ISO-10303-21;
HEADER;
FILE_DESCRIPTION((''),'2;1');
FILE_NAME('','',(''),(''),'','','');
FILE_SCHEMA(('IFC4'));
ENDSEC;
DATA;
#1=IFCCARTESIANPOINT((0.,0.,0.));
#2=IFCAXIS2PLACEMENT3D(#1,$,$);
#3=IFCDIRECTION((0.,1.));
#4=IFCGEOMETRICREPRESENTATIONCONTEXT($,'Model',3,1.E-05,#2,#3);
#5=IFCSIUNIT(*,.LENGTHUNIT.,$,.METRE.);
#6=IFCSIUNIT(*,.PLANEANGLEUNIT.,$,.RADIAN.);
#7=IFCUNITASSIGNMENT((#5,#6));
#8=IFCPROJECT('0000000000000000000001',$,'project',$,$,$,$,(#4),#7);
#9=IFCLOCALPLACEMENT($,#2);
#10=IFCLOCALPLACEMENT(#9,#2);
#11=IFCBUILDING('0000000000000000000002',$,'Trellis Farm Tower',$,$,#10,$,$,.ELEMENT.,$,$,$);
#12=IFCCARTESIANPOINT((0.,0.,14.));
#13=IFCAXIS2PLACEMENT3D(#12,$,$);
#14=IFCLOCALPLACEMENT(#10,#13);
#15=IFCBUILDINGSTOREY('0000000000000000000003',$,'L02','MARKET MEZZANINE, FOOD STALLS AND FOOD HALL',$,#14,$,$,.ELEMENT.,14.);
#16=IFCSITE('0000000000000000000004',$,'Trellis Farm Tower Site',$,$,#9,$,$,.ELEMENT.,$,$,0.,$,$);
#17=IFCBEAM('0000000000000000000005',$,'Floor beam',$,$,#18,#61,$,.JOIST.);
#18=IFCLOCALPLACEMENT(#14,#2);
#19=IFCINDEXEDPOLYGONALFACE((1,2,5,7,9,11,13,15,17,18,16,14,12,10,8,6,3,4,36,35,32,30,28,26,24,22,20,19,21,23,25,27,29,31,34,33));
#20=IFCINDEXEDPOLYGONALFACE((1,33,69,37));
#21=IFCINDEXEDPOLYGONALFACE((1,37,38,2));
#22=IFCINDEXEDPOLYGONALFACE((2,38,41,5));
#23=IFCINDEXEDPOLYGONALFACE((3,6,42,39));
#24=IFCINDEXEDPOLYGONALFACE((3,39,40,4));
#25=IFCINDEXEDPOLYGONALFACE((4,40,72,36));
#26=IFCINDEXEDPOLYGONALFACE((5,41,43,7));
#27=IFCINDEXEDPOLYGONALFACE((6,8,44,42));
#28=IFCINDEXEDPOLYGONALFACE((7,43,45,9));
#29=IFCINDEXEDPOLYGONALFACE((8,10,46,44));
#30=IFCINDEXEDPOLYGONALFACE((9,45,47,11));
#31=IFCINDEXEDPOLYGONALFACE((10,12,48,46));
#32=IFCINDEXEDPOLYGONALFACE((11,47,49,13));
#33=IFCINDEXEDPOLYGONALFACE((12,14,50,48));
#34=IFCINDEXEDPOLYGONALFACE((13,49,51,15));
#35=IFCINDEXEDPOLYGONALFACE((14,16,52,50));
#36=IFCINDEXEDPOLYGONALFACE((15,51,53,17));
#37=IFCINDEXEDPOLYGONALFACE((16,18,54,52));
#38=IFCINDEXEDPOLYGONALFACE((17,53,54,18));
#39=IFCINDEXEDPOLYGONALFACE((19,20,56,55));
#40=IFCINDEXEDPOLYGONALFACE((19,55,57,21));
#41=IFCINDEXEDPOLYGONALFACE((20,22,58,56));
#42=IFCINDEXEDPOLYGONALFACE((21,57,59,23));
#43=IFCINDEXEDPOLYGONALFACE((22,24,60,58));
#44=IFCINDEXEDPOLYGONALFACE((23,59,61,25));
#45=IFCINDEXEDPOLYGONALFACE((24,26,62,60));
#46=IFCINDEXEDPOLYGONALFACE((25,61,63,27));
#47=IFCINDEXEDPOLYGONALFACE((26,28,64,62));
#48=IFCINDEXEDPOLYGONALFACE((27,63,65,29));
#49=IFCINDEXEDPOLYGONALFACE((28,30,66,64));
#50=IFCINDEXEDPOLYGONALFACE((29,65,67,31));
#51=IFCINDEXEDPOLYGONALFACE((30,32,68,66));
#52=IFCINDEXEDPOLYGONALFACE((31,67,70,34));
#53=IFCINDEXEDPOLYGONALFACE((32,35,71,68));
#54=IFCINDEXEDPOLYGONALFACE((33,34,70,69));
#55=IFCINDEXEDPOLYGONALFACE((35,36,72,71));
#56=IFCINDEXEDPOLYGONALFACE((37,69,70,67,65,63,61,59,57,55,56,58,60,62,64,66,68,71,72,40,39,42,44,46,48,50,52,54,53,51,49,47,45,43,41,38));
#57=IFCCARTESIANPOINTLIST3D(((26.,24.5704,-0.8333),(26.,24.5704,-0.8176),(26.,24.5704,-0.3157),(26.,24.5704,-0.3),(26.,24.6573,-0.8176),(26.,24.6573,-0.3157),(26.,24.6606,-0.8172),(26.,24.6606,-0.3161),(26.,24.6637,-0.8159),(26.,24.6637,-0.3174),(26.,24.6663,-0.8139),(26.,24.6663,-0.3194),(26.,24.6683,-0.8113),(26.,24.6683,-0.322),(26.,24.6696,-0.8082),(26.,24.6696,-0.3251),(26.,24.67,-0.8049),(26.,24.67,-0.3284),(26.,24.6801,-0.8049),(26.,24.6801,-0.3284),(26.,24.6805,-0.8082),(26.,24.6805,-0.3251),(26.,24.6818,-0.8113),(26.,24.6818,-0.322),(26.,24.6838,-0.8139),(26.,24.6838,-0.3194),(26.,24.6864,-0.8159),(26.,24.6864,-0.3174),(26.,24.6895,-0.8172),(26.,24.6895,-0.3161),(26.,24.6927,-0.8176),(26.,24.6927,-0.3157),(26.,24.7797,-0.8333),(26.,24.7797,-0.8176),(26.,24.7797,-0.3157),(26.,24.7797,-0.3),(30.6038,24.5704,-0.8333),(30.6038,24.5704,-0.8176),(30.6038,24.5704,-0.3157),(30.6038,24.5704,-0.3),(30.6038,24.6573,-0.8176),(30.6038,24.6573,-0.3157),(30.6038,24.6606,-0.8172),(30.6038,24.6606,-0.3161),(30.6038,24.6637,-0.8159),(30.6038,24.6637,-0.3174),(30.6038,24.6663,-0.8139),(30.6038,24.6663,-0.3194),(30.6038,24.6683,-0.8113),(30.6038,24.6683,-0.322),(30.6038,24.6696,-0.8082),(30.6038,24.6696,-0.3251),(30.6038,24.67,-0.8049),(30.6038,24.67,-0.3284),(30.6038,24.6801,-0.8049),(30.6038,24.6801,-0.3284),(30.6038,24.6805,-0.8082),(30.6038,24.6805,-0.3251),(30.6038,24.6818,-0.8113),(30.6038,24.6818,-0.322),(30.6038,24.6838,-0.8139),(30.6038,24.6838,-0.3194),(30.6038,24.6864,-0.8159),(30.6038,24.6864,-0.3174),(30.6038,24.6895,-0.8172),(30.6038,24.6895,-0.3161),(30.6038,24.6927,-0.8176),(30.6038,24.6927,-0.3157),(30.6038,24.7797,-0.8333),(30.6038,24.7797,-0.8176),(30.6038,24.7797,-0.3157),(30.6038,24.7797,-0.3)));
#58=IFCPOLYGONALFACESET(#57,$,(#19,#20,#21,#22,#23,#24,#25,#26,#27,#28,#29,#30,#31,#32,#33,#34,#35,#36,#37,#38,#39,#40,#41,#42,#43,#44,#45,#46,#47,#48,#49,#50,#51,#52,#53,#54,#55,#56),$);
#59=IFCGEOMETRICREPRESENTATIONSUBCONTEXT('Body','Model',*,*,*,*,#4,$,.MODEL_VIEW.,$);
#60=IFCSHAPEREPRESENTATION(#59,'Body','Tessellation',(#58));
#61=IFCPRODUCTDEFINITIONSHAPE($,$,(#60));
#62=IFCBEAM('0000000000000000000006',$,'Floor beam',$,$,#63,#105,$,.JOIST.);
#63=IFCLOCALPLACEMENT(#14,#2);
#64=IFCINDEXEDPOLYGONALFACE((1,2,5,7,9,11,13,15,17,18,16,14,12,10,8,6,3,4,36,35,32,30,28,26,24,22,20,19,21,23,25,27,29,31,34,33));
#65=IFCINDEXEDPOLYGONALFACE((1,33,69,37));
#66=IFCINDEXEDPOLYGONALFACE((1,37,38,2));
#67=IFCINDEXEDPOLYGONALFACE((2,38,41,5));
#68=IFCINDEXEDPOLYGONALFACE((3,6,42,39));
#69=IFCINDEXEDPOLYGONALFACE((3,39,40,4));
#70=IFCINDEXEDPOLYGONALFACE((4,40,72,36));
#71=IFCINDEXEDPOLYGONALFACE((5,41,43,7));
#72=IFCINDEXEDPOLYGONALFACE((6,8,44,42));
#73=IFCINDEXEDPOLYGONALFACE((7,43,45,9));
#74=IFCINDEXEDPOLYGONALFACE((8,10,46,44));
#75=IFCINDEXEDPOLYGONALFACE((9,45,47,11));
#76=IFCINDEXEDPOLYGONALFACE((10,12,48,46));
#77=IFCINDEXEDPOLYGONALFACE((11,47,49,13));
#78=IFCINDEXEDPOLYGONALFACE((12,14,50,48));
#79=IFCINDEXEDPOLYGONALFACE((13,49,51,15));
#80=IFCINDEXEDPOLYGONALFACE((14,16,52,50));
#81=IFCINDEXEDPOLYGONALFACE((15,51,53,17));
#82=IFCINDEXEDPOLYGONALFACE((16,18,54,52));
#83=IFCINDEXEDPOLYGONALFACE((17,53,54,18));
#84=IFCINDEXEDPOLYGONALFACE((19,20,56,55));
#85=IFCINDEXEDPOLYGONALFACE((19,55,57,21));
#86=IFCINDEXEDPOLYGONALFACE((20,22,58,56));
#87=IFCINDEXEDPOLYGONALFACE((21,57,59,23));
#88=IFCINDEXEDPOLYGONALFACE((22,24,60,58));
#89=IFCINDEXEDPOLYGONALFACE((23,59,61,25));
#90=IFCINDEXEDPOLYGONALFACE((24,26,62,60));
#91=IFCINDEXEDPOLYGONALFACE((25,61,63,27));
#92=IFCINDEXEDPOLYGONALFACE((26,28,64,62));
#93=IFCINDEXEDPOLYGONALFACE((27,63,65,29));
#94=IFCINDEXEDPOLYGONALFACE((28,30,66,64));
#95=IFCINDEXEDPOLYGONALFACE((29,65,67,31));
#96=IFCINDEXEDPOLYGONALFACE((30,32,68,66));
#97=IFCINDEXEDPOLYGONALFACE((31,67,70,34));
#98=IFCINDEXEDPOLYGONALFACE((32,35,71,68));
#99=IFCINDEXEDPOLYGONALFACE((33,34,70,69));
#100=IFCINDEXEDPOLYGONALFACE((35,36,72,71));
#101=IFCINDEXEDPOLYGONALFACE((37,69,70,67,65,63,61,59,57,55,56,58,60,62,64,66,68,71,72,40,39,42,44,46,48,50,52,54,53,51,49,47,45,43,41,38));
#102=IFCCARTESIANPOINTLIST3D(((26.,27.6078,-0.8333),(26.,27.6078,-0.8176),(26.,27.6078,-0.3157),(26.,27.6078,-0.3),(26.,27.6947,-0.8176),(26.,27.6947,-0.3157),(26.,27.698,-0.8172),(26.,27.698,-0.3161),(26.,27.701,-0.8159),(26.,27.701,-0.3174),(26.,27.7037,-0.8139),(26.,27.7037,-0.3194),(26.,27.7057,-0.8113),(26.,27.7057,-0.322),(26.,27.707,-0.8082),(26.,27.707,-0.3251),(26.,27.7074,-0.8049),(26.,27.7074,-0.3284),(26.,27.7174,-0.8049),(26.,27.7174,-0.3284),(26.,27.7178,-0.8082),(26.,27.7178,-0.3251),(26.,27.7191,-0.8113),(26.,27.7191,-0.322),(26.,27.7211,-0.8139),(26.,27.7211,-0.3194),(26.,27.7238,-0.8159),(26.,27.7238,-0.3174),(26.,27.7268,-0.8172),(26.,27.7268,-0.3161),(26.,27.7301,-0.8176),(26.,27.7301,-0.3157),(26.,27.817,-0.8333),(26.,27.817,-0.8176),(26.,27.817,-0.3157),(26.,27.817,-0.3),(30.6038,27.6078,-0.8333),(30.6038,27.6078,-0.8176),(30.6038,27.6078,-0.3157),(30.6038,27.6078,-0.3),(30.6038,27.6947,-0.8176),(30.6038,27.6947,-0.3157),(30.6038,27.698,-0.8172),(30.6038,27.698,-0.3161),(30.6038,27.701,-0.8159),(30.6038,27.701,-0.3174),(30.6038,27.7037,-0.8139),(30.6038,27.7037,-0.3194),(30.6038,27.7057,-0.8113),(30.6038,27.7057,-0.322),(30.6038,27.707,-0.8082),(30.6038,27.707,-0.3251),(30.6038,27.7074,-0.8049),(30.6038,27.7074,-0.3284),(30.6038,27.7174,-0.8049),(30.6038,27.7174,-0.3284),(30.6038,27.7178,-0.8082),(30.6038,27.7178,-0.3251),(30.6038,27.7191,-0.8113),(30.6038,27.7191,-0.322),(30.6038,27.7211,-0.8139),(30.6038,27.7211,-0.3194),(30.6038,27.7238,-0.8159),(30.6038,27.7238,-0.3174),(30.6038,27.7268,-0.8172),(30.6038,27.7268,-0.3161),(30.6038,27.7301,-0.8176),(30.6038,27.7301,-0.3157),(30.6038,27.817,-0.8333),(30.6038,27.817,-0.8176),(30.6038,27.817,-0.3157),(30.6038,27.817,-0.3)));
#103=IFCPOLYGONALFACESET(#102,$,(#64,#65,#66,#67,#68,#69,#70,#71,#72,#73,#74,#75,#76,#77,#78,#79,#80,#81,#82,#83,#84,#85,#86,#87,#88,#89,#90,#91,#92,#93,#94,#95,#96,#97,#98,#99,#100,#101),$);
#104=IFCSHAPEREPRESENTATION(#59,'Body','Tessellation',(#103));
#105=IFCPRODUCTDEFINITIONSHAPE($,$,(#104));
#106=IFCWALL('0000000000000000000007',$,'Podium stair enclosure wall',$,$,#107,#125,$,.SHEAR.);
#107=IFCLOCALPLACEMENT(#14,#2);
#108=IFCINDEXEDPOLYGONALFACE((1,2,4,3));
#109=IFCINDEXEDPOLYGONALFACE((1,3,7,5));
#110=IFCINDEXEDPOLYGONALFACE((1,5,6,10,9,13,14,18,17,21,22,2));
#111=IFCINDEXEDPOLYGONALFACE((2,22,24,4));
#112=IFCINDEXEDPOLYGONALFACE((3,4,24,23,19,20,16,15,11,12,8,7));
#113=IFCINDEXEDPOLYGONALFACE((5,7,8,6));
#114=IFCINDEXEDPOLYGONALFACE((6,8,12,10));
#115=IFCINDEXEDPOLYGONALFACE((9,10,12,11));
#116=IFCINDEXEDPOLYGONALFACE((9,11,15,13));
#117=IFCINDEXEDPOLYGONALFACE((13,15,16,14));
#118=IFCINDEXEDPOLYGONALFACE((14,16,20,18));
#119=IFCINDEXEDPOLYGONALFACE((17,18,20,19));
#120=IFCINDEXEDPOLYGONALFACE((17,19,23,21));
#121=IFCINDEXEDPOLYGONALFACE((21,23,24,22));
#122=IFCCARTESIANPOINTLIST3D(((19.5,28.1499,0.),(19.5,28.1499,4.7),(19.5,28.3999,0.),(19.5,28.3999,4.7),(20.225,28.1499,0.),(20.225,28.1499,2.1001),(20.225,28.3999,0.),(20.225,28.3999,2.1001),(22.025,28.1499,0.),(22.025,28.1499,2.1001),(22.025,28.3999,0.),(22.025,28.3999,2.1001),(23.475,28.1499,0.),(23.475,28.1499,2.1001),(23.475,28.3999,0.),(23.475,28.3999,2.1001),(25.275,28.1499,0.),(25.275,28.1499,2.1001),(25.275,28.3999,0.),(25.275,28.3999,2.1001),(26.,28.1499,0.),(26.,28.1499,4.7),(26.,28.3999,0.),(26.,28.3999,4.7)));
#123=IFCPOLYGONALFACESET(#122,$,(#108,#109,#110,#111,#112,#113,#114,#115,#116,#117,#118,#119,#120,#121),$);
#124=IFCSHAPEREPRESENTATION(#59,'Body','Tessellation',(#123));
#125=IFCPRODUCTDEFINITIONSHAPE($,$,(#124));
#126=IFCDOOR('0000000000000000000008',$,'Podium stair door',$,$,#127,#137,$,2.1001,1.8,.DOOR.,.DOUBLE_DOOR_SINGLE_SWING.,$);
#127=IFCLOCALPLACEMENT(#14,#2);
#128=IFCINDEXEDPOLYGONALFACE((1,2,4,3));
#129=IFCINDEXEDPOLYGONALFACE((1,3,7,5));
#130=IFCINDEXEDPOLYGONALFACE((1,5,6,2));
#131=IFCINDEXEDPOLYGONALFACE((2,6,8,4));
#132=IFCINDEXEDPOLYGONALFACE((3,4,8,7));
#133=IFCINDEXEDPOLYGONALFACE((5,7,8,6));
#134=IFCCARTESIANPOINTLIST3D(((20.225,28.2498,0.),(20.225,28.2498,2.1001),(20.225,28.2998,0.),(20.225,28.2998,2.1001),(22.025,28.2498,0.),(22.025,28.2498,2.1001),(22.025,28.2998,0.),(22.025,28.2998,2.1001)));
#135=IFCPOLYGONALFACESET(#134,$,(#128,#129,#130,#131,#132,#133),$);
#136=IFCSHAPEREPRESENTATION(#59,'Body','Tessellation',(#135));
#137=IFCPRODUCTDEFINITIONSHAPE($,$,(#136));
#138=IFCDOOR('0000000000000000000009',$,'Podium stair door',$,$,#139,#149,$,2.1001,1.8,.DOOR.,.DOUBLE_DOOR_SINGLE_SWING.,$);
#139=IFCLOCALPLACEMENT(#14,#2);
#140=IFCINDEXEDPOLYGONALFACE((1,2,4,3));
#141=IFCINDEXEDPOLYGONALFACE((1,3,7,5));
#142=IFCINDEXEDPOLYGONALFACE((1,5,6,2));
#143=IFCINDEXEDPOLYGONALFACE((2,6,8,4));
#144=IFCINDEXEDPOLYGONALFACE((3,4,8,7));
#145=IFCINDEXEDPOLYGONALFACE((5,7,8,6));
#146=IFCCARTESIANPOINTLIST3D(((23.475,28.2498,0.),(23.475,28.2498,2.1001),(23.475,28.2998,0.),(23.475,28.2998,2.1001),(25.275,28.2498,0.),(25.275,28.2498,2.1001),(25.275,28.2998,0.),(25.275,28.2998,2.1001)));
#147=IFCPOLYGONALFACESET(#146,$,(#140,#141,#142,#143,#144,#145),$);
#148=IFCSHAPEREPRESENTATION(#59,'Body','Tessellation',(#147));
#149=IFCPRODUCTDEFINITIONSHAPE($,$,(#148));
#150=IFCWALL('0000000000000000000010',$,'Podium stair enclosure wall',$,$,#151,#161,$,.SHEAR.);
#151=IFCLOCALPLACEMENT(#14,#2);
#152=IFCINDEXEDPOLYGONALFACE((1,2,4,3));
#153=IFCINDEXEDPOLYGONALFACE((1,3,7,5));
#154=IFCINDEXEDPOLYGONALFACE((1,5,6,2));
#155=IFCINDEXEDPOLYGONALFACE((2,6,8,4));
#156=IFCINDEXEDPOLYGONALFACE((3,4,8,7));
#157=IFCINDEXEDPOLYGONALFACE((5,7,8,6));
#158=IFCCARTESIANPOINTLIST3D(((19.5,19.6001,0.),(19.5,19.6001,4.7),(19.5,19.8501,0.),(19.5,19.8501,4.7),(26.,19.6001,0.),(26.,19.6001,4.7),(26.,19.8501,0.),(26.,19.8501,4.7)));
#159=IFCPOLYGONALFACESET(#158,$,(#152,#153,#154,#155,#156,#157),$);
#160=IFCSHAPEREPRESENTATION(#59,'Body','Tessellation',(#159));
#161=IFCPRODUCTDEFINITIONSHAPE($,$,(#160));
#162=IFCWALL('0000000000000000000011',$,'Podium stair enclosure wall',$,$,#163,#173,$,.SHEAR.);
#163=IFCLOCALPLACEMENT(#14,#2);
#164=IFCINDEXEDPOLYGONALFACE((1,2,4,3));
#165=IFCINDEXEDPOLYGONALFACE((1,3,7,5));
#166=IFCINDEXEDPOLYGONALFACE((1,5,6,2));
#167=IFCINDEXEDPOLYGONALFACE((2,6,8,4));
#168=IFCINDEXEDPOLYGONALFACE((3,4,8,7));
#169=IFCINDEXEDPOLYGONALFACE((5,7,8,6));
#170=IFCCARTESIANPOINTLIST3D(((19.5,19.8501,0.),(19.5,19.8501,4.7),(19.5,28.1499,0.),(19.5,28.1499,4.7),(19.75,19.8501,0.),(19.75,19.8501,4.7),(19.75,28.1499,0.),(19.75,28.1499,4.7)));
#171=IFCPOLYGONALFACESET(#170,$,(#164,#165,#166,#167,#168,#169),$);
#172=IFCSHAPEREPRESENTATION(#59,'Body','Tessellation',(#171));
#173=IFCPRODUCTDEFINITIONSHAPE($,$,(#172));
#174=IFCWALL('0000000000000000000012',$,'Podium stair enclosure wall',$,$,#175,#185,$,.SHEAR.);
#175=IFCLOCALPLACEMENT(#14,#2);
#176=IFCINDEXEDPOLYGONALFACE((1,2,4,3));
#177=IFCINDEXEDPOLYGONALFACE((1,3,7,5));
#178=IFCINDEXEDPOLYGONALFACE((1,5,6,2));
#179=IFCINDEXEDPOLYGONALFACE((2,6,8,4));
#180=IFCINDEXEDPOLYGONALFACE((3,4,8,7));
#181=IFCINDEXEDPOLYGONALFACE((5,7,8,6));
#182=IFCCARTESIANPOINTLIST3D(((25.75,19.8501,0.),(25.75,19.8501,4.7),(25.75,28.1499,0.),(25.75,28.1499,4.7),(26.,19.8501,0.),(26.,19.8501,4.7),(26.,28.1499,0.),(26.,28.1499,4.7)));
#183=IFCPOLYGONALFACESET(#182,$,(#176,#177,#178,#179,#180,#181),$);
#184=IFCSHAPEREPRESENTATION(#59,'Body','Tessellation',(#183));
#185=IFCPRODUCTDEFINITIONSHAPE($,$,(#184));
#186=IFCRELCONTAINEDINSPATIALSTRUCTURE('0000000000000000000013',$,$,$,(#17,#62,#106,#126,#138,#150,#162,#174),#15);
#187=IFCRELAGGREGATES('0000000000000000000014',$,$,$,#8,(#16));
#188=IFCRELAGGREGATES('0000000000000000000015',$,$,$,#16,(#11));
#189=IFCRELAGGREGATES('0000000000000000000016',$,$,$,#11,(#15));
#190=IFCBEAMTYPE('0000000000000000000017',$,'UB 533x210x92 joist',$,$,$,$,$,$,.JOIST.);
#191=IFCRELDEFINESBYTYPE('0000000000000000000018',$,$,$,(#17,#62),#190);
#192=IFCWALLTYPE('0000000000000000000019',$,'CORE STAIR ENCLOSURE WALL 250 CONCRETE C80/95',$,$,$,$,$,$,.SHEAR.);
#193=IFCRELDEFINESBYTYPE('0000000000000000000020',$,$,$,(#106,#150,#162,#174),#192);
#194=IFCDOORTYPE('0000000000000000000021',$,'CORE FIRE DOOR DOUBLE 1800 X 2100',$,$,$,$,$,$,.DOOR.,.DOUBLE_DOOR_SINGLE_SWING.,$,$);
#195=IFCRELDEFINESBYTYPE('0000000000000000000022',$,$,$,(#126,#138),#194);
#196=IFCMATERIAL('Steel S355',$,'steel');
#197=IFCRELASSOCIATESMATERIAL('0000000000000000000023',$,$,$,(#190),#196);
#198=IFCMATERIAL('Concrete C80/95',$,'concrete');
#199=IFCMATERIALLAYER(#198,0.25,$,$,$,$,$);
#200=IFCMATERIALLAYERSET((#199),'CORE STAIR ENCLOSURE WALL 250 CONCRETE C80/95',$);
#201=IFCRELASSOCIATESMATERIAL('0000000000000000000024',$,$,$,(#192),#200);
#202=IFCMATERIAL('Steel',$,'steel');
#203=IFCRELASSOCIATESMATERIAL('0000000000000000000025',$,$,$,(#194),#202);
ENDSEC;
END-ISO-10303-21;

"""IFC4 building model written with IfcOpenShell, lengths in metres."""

from ifc_helpers import new_model, si_unit, direction, frame, frame_2d, origin, origin_2d, place, context, subcontext, project, spatial, rectangle, i_section, extrude, source, transform, mapped, material, layer, layer_set, material_profile, profile_set, type_object, element, fill, save


model = new_model("IFC4")

# Units and contexts
model_context = context("Model", 3, precision=1e-05, world=origin(), true_north=direction((0.0, 1.0)))
body_context = subcontext(model_context, "Body", "Model", "MODEL_VIEW")
ifc_project = project(units=[si_unit("LENGTHUNIT", "METRE"), si_unit("PLANEANGLEUNIT", "RADIAN")], contexts=[model_context])

# Site, building, storey
site_placement = place(None, origin())
site = spatial("IfcSite", under=ifc_project, at=site_placement, Name="Trellis Farm Tower Site", CompositionType="ELEMENT", RefElevation=0.0)
building_placement = place(site_placement, origin())
building = spatial("IfcBuilding", under=site, at=building_placement, Name="Trellis Farm Tower", CompositionType="ELEMENT")
storey_placement = place(building_placement, frame((0.0, 0.0, 14.0)))
storey = spatial("IfcBuildingStorey", under=building, at=storey_placement, Name="L02", Description="MARKET MEZZANINE, FOOD STALLS AND FOOD HALL", CompositionType="ELEMENT", Elevation=14.0)

# Beams
ifc_material_1 = material(Name="Steel S355", Category="steel")
ifc_material_profile_1 = material_profile(ifc_material_1, i_section(OverallWidth=0.2092, OverallDepth=0.5332, WebThickness=0.01, FlangeThickness=0.0156, FilletRadius=0.0127, at=origin_2d()), Name="UB 533x210x92")
ifc_profile_set_1 = profile_set([ifc_material_profile_1], Name="Steel S355")
beam_type_1 = type_object("IfcBeamType", Name="UB 533x210x92 joist", PredefinedType="JOIST", material=ifc_profile_set_1)
shared_shape_1 = source(origin(), body_context, "Body", "SweptSolid", [
    extrude(i_section(OverallWidth=0.2092, OverallDepth=0.5332, WebThickness=0.01, FlangeThickness=0.0156, FilletRadius=0.0127, at=origin_2d()), origin(), (0.0, 0.0, 1.0), 4.6038),
])
for number, where, z_axis, x_axis, name in (
    (1, (26.0, 24.675, -0.5667), (1.0, 0.0, 0.0), (0.0, 1.0, 0.0), "Floor beam"),
    (2, (26.0, 27.7124, -0.5667), (1.0, 0.0, 0.0), (0.0, 1.0, 0.0), "Floor beam"),
):
    element("IfcBeam", number, at=place(storey_placement, frame(where, z_axis=z_axis, x_axis=x_axis)), inside=storey, type_object=beam_type_1, Name=name, PredefinedType="JOIST", context=body_context, shape_type="MappedRepresentation", body=[
        mapped(shared_shape_1, transform((0.0, 0.0, 0.0))),
    ])

# Wall, openings, doors
ifc_material_2 = material(Name="Concrete C80/95", Category="concrete")
ifc_layer_1 = layer(ifc_material_2, 0.25)
ifc_layer_set_1 = layer_set([ifc_layer_1], Name="CORE STAIR ENCLOSURE WALL 250 CONCRETE C80/95")
wall_type_1 = type_object("IfcWallType", Name="CORE STAIR ENCLOSURE WALL 250 CONCRETE C80/95", PredefinedType="SHEAR", material=ifc_layer_set_1)
shared_shape_2 = source(origin(), body_context, "Body", "SweptSolid", [
    extrude(rectangle(XDim=6.5, YDim=0.25, at=frame_2d((3.25, 0.0))), origin(), (0.0, 0.0, 1.0), 4.7),
])
wall_1_placement = place(storey_placement, frame((19.5, 28.2749, 0.0), z_axis=(0.0, 0.0, 1.0), x_axis=(1.0, 0.0, 0.0)))
wall_1 = element("IfcWall", 3, at=wall_1_placement, inside=storey, type_object=wall_type_1, Name="Podium stair enclosure wall", PredefinedType="SHEAR", context=body_context, shape_type="MappedRepresentation", body=[
    mapped(shared_shape_2, transform((0.0, 0.0, 0.0))),
])
shared_shape_3 = source(origin(), body_context, "Body", "SweptSolid", [
    extrude(rectangle(XDim=1.8, YDim=2.1001, at=frame_2d((0.8999, 1.05))), frame((0.0, 0.135, 0.0), z_axis=(0.0, -1.0, 0.0), x_axis=(1.0, 0.0, 0.0)), (0.0, 0.0, 1.0), 0.27),
])
opening_1_placement = place(wall_1_placement, frame((0.7251, 0.0, 0.0)))
opening_1 = element("IfcOpeningElement", 4, at=opening_1_placement, cuts=wall_1, PredefinedType="OPENING", context=body_context, shape_type="MappedRepresentation", body=[
    mapped(shared_shape_3, transform((0.0, 0.0, 0.0))),
])
opening_2_placement = place(wall_1_placement, frame((3.9751, 0.0, 0.0)))
opening_2 = element("IfcOpeningElement", 5, at=opening_2_placement, cuts=wall_1, PredefinedType="OPENING", context=body_context, shape_type="MappedRepresentation", body=[
    mapped(shared_shape_3, transform((0.0, 0.0, 0.0))),
])
ifc_material_3 = material(Name="Steel", Category="steel")
door_type_1 = type_object("IfcDoorType", Name="CORE FIRE DOOR DOUBLE 1800 X 2100", OperationType="DOUBLE_DOOR_SINGLE_SWING", PredefinedType="DOOR", material=ifc_material_3)
shared_shape_4 = source(origin(), body_context, "Body", "SweptSolid", [
    extrude(rectangle(XDim=1.8, YDim=2.1001, at=frame_2d((0.8999, 1.05))), frame((0.0, 0.0249, 0.0), z_axis=(0.0, -1.0, 0.0), x_axis=(1.0, 0.0, 0.0)), (0.0, 0.0, 1.0), 0.05),
])
door_1_placement = place(opening_1_placement, origin())
door_1 = element("IfcDoor", 6, at=door_1_placement, inside=storey, type_object=door_type_1, Name="Podium stair door", OperationType="DOUBLE_DOOR_SINGLE_SWING", OverallHeight=2.1001, OverallWidth=1.8, PredefinedType="DOOR", context=body_context, shape_type="MappedRepresentation", body=[
    mapped(shared_shape_4, transform((0.0, 0.0, 0.0))),
])
fill(opening_1, door_1)
door_2_placement = place(opening_2_placement, origin())
door_2 = element("IfcDoor", 7, at=door_2_placement, inside=storey, type_object=door_type_1, Name="Podium stair door", OperationType="DOUBLE_DOOR_SINGLE_SWING", OverallHeight=2.1001, OverallWidth=1.8, PredefinedType="DOOR", context=body_context, shape_type="MappedRepresentation", body=[
    mapped(shared_shape_4, transform((0.0, 0.0, 0.0))),
])
fill(opening_2, door_2)

# Walls
wall_2_placement = place(storey_placement, frame((19.5, 19.7251, 0.0), z_axis=(0.0, 0.0, 1.0), x_axis=(1.0, 0.0, 0.0)))
element("IfcWall", 8, at=wall_2_placement, inside=storey, type_object=wall_type_1, Name="Podium stair enclosure wall", PredefinedType="SHEAR", context=body_context, shape_type="MappedRepresentation", body=[
    mapped(shared_shape_2, transform((0.0, 0.0, 0.0))),
])
shared_shape_5 = source(origin(), body_context, "Body", "SweptSolid", [
    extrude(rectangle(XDim=8.2998, YDim=0.25, at=frame_2d((4.1499, 0.0))), origin(), (0.0, 0.0, 1.0), 4.7),
])
for number, where, z_axis, x_axis, name in (
    (9, (19.625, 19.8501, 0.0), (0.0, 0.0, 1.0), (0.0, 1.0, 0.0), "Podium stair enclosure wall"),
    (10, (25.875, 19.8501, 0.0), (0.0, 0.0, 1.0), (0.0, 1.0, 0.0), "Podium stair enclosure wall"),
):
    element("IfcWall", number, at=place(storey_placement, frame(where, z_axis=z_axis, x_axis=x_axis)), inside=storey, type_object=wall_type_1, Name=name, PredefinedType="SHEAR", context=body_context, shape_type="MappedRepresentation", body=[
        mapped(shared_shape_5, transform((0.0, 0.0, 0.0))),
    ])

save(model, "model.ifc")
